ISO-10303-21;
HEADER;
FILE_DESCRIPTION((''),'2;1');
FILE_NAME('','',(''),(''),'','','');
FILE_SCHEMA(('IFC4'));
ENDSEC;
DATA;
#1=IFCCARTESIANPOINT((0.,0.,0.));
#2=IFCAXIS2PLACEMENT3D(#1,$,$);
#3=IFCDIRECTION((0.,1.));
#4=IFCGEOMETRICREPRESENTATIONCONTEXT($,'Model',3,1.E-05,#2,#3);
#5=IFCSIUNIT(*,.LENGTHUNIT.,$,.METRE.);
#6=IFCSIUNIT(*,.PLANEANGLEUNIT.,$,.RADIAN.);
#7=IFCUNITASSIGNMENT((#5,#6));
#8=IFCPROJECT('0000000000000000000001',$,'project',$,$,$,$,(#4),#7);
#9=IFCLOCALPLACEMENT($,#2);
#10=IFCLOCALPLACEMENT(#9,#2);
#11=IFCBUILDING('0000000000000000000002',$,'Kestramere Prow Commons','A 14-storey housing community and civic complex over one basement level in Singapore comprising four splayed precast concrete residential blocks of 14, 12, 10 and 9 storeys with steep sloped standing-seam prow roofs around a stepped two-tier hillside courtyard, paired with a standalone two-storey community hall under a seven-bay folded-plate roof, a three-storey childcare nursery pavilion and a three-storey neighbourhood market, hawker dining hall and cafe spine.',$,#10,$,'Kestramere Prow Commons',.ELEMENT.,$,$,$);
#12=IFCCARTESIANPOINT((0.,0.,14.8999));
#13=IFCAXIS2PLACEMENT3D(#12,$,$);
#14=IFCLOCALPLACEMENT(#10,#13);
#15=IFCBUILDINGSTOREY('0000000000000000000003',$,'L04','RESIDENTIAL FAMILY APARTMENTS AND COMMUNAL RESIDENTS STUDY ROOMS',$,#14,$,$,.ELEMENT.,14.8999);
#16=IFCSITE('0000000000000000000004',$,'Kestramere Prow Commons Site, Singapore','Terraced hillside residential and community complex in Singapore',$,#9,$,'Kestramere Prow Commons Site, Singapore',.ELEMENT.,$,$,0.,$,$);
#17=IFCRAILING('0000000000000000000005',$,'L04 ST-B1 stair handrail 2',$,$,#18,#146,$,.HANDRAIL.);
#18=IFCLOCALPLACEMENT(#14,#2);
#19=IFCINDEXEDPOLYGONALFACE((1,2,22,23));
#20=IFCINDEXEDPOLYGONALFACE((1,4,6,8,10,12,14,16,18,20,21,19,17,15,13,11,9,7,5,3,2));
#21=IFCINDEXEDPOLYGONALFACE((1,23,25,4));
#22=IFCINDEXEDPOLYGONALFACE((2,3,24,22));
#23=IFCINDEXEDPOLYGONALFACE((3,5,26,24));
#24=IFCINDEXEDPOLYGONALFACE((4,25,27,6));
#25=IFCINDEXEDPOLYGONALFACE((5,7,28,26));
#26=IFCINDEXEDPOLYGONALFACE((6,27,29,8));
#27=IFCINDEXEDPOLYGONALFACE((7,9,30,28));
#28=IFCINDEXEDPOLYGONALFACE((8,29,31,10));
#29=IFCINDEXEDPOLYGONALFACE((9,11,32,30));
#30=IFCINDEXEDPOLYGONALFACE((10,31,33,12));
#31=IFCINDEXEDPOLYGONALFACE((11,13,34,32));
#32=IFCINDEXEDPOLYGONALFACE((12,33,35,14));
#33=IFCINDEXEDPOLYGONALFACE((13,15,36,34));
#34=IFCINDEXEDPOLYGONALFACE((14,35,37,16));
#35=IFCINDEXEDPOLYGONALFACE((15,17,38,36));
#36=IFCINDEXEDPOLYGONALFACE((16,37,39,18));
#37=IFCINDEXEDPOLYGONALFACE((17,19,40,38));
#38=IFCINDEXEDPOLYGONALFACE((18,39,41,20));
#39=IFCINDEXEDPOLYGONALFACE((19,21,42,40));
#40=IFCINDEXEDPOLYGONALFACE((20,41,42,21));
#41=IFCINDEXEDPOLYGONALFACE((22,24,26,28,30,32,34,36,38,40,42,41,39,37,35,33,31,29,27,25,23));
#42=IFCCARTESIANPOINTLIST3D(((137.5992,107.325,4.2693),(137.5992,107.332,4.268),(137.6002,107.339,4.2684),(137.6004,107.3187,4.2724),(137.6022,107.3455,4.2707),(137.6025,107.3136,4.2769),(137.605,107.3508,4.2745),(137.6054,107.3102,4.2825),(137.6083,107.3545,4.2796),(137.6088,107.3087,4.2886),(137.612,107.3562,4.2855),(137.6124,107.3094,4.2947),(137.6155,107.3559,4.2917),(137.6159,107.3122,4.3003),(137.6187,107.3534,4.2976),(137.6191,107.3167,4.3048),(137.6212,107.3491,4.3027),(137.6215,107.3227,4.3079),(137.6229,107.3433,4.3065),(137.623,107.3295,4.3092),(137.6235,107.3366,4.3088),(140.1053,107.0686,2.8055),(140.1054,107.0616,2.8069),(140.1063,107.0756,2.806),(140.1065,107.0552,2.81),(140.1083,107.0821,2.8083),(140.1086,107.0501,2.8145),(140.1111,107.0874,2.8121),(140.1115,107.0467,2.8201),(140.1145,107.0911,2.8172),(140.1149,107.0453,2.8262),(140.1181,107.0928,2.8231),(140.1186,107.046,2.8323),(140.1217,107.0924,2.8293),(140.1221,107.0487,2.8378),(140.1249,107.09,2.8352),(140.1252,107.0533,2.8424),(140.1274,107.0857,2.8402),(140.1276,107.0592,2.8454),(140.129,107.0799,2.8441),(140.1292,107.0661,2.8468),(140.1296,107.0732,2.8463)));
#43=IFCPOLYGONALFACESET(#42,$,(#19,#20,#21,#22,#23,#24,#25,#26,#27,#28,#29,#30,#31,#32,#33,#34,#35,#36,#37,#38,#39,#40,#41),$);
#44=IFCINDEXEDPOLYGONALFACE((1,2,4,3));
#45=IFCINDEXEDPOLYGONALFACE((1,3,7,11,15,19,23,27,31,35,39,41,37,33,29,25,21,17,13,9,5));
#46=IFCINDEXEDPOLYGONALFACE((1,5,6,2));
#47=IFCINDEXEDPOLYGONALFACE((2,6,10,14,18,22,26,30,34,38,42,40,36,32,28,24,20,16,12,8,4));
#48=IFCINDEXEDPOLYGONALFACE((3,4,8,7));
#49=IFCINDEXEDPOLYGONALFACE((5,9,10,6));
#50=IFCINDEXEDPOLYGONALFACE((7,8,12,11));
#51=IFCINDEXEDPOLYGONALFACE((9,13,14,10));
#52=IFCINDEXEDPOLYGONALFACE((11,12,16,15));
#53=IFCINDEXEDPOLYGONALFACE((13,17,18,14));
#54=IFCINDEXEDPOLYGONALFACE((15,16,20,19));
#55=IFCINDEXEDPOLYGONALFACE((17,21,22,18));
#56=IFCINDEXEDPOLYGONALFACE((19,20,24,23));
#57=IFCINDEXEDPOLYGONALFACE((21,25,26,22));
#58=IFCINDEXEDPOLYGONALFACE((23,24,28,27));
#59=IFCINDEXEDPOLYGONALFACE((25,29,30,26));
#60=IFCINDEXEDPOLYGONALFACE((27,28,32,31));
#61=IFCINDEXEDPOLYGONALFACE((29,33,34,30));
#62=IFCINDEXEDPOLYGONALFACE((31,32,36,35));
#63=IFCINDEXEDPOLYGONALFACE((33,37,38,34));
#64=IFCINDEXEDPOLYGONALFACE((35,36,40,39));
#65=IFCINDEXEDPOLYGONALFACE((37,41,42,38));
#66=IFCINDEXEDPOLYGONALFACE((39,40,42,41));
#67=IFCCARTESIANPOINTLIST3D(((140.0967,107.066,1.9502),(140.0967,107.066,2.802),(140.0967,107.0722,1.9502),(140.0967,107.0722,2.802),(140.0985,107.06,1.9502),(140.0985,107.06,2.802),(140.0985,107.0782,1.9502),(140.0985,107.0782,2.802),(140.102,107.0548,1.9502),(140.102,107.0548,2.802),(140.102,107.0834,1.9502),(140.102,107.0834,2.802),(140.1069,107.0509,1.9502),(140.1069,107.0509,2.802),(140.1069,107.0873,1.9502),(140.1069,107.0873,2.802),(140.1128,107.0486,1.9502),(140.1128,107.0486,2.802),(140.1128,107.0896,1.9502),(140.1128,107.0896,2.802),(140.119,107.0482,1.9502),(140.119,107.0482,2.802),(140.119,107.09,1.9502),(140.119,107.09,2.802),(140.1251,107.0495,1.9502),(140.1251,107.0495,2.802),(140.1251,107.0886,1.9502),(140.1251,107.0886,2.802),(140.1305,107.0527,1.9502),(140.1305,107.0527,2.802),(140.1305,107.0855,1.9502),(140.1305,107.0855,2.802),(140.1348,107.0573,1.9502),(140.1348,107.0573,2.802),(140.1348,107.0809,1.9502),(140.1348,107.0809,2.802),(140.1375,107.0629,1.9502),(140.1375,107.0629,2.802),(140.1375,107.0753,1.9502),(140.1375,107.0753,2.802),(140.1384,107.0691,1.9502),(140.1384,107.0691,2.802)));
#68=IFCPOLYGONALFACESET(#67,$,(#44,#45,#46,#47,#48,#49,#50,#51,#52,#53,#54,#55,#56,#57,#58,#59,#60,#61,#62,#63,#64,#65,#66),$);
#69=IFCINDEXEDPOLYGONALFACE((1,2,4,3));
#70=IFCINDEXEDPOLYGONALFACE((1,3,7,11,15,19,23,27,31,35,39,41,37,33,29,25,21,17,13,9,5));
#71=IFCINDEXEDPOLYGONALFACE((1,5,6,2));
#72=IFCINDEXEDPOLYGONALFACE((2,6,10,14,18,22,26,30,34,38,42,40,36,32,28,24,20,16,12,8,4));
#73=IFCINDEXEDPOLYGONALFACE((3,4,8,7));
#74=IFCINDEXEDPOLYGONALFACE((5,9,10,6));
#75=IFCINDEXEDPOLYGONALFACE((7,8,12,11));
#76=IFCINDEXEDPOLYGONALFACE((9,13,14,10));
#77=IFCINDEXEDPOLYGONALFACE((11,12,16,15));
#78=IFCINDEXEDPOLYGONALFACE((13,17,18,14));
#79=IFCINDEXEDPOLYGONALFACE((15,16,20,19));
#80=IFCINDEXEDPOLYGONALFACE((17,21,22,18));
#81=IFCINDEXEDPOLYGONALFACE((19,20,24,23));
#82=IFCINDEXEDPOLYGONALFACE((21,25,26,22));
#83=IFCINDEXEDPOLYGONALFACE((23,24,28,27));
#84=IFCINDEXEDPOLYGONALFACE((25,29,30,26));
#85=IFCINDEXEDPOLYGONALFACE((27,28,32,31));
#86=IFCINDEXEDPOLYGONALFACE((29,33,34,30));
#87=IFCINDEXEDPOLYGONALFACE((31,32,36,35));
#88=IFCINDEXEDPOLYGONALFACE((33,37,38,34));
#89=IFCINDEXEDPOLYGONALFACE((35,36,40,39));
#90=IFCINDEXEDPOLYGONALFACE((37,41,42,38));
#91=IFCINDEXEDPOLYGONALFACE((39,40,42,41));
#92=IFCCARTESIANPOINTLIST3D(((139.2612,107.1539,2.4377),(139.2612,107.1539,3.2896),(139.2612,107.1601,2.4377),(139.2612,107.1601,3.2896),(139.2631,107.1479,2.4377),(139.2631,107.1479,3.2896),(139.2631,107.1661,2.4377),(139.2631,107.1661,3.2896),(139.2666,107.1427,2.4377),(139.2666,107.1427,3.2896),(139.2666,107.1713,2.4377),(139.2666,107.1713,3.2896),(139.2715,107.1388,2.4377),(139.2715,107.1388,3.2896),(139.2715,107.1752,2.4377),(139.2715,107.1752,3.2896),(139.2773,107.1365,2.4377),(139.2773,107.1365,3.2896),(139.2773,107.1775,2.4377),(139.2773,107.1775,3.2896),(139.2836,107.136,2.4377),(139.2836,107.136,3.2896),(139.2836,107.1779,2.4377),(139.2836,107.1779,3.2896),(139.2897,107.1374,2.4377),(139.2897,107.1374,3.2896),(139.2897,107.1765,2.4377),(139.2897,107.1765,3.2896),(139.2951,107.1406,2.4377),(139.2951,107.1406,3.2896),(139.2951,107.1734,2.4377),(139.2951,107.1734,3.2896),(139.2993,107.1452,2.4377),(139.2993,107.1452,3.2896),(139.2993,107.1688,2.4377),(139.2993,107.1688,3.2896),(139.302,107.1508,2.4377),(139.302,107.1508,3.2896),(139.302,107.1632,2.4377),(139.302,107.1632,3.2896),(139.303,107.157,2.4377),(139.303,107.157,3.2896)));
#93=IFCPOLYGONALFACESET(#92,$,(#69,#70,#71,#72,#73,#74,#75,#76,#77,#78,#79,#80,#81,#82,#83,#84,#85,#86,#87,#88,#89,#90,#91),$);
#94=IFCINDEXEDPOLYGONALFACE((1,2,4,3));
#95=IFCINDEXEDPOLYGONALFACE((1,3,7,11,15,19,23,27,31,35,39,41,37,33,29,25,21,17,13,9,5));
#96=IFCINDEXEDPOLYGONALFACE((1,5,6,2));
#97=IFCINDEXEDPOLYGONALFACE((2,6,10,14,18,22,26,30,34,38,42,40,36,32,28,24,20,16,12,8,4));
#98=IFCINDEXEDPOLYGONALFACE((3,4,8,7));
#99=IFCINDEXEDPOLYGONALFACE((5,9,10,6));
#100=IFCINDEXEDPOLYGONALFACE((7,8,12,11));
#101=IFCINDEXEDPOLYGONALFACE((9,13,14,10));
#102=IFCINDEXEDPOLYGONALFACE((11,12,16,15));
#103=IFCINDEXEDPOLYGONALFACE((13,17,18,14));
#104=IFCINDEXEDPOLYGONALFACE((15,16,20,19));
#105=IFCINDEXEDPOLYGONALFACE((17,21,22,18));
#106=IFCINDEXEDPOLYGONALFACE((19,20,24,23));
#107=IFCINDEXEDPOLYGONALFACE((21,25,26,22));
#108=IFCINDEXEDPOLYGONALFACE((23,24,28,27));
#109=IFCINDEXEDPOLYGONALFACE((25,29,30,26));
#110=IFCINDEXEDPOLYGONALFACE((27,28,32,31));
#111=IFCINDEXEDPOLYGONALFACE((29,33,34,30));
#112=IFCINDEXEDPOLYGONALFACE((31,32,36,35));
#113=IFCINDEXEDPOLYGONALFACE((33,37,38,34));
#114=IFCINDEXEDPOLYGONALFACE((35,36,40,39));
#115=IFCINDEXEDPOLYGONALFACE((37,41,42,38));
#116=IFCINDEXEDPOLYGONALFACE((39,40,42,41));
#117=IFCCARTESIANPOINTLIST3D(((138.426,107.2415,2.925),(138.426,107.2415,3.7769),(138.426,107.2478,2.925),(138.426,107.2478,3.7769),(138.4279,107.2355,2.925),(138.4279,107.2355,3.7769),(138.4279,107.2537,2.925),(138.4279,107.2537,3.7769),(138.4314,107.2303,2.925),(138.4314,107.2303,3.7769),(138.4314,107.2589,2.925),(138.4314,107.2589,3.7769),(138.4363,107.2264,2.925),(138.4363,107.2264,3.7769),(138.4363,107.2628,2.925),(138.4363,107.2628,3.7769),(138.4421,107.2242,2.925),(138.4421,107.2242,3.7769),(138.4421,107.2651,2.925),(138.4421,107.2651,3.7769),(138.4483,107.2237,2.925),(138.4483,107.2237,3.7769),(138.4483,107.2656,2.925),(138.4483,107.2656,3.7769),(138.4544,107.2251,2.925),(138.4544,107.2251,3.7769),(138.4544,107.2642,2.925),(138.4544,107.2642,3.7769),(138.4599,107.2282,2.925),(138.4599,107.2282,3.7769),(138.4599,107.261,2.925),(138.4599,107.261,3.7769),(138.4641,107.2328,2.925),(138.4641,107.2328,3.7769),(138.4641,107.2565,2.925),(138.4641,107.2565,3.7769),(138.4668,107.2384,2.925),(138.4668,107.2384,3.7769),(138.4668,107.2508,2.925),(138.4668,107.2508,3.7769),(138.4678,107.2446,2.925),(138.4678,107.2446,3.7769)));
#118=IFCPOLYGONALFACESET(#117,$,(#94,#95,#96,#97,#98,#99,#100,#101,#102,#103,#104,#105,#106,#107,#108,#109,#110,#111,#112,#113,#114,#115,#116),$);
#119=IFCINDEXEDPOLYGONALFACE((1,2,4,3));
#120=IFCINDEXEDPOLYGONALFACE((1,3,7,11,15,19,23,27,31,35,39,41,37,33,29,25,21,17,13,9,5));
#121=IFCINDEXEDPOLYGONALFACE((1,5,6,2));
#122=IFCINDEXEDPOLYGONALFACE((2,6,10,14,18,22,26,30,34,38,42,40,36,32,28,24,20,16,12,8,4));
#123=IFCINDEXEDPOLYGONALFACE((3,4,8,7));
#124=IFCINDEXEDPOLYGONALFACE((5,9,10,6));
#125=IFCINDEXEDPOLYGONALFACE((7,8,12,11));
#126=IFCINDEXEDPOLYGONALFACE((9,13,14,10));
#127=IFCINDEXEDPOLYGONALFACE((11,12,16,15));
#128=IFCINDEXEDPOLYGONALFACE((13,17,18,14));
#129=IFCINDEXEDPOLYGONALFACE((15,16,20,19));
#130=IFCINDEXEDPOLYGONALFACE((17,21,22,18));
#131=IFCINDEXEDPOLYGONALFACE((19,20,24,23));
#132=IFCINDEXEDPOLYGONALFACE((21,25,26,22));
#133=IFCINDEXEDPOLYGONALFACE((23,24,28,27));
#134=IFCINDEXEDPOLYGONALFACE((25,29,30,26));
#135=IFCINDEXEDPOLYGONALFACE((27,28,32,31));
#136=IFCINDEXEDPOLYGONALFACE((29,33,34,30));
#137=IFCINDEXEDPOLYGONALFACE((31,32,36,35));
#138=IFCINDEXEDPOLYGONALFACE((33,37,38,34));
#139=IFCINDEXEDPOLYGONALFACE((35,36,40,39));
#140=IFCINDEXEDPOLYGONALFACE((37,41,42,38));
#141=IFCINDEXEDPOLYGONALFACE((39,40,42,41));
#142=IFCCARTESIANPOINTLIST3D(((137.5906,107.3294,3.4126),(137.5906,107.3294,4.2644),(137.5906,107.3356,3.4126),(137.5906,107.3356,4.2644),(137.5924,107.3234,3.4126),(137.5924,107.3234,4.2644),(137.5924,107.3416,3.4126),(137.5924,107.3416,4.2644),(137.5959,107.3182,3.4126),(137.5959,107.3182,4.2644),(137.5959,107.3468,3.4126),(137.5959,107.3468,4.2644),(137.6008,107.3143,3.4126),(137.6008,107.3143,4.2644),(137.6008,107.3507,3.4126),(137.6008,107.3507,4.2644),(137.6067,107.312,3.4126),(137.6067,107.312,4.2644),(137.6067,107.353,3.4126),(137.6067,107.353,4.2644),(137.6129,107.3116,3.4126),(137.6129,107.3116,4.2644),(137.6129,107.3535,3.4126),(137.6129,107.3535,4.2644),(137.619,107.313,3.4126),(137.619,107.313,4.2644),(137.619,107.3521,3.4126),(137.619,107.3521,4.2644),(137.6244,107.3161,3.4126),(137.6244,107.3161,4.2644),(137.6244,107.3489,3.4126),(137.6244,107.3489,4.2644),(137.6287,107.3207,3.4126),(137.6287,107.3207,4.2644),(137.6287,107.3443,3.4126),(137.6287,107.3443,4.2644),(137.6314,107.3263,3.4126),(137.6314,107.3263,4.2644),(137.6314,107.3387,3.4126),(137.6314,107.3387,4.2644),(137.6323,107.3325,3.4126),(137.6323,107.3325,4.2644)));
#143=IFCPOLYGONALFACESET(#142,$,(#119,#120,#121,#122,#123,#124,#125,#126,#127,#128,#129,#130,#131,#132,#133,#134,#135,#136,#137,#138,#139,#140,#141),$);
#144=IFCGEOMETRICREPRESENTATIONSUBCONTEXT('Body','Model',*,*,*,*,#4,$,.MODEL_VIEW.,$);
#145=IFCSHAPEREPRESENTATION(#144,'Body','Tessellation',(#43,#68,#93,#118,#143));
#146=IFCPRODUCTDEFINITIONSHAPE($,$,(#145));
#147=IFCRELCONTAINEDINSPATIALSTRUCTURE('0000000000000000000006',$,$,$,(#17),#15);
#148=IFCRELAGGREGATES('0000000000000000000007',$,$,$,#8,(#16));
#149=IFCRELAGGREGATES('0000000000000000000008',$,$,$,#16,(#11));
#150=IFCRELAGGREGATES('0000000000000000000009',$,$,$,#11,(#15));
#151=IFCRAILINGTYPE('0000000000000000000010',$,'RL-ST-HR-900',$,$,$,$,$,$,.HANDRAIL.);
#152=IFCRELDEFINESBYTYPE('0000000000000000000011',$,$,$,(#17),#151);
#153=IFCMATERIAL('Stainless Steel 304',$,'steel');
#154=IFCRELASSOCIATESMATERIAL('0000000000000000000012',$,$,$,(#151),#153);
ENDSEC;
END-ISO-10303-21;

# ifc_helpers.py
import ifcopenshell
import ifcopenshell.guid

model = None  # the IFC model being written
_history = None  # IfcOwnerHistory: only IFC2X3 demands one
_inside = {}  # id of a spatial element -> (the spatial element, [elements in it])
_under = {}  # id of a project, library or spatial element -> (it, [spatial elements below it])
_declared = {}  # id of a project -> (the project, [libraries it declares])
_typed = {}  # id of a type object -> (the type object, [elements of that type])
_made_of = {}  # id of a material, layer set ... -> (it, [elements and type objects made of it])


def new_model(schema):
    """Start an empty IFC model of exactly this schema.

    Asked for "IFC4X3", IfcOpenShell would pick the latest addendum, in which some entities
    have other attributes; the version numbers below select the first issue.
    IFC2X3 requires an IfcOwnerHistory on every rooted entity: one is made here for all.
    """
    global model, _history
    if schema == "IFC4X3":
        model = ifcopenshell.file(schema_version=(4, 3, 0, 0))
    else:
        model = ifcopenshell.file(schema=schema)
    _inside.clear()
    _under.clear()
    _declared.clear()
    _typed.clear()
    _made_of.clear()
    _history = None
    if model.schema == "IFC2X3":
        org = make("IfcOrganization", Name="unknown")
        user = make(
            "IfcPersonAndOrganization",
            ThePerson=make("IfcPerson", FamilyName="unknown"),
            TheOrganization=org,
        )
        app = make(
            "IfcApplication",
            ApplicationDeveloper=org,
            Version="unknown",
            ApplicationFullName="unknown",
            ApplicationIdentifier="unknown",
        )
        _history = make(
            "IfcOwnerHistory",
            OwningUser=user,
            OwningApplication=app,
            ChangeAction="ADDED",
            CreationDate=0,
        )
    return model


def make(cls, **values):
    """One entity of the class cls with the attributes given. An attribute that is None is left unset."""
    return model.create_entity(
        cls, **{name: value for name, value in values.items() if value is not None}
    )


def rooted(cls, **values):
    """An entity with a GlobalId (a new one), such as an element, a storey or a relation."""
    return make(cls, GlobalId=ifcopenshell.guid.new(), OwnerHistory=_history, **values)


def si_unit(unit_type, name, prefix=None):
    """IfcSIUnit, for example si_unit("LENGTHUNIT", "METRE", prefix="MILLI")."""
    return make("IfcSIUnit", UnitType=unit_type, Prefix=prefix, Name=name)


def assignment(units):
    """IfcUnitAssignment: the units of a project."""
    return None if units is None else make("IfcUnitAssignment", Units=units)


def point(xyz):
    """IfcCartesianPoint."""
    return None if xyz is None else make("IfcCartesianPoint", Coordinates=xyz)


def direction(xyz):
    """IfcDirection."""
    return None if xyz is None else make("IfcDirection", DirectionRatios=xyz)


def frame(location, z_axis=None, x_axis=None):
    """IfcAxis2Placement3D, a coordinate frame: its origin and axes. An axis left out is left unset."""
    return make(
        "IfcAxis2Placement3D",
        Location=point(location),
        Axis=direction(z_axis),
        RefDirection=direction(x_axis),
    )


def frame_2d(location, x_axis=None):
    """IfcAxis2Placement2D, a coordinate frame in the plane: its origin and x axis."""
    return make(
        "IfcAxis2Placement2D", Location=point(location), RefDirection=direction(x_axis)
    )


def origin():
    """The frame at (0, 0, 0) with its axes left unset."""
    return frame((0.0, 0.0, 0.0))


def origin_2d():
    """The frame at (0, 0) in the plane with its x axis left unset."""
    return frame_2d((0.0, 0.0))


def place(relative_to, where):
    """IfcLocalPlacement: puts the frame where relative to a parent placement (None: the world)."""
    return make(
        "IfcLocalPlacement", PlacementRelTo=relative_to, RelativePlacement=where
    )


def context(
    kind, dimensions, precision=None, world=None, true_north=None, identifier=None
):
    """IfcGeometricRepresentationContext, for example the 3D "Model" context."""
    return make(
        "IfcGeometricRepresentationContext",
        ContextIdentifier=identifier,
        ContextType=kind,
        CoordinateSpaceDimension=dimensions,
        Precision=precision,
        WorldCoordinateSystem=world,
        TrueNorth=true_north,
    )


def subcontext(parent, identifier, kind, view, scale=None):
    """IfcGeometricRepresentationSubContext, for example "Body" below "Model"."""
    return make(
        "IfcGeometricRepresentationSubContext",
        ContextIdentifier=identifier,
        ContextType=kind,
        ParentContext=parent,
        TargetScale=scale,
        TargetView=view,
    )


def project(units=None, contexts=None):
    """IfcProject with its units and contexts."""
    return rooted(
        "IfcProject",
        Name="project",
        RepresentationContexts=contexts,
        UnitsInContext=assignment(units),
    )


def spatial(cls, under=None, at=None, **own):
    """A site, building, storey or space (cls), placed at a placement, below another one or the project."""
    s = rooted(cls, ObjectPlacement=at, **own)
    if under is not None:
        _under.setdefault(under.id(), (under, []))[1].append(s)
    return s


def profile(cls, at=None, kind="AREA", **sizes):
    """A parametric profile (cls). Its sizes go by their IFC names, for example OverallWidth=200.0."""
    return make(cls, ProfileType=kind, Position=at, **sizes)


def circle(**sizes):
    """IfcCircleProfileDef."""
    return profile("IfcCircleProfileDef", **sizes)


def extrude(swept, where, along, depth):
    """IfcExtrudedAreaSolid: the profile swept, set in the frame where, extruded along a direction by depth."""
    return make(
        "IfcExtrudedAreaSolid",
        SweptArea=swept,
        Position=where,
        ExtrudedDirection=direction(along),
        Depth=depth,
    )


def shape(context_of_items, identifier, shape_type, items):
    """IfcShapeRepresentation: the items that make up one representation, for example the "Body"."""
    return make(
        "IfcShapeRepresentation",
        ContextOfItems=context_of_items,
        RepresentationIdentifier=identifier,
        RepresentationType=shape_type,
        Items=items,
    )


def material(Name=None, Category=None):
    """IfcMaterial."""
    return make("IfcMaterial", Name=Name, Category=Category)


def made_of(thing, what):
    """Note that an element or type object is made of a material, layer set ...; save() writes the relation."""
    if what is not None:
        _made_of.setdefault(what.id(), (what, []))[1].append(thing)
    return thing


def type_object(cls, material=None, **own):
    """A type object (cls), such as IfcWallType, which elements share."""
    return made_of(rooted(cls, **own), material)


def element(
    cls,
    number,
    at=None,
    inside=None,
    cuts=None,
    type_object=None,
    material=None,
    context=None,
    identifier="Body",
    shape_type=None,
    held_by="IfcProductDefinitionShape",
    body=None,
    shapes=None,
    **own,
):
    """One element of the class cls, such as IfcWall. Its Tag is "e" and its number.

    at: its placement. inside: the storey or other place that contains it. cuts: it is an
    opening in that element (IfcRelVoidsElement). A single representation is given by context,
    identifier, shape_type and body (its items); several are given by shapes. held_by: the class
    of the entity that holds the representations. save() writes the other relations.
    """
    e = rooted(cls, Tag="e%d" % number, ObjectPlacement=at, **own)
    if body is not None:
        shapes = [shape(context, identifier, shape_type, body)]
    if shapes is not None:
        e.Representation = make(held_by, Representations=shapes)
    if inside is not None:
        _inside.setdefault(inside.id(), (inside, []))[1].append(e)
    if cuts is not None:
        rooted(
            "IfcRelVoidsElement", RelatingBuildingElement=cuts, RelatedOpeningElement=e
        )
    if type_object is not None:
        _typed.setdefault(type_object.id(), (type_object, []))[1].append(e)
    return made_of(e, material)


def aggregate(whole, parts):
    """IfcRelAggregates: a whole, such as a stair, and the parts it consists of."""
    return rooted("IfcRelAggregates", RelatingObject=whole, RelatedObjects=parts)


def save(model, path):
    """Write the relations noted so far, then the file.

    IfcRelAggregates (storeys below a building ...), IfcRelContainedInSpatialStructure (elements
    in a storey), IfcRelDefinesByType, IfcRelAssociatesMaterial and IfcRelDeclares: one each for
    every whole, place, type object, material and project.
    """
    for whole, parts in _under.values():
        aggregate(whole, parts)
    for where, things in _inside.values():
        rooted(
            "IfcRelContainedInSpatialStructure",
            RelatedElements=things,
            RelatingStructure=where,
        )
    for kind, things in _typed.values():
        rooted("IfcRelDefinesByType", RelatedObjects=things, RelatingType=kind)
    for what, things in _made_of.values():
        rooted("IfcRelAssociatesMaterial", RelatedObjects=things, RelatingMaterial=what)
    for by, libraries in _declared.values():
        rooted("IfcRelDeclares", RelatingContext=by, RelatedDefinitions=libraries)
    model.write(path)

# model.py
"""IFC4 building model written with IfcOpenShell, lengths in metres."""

from ifc_helpers import new_model, si_unit, direction, frame, origin, origin_2d, place, context, subcontext, project, spatial, circle, extrude, material, type_object, element, save


model = new_model("IFC4")

# Units and contexts
model_context = context("Model", 3, precision=1e-05, world=origin(), true_north=direction((0.0, 1.0)))
body_context = subcontext(model_context, "Body", "Model", "MODEL_VIEW")
ifc_project = project(units=[si_unit("LENGTHUNIT", "METRE"), si_unit("PLANEANGLEUNIT", "RADIAN")], contexts=[model_context])

# Site, building, storey
site_placement = place(None, origin())
site = spatial("IfcSite", under=ifc_project, at=site_placement, Name="Kestramere Prow Commons Site, Singapore", Description="Terraced hillside residential and community complex in Singapore", LongName="Kestramere Prow Commons Site, Singapore", CompositionType="ELEMENT", RefElevation=0.0)
building_placement = place(site_placement, origin())
building = spatial("IfcBuilding", under=site, at=building_placement, Name="Kestramere Prow Commons", Description="A 14-storey housing community and civic complex over one basement level in Singapore comprising four splayed precast concrete residential blocks of 14, 12, 10 and 9 storeys with steep sloped standing-seam prow roofs around a stepped two-tier hillside courtyard, paired with a standalone two-storey community hall under a seven-bay folded-plate roof, a three-storey childcare nursery pavilion and a three-storey neighbourhood market, hawker dining hall and cafe spine.", LongName="Kestramere Prow Commons", CompositionType="ELEMENT")
storey_placement = place(building_placement, frame((0.0, 0.0, 14.8999)))
storey = spatial("IfcBuildingStorey", under=building, at=storey_placement, Name="L04", Description="RESIDENTIAL FAMILY APARTMENTS AND COMMUNAL RESIDENTS STUDY ROOMS", CompositionType="ELEMENT", Elevation=14.8999)

# Railing
ifc_material_1 = material(Name="Stainless Steel 304", Category="steel")
railing_type_1 = type_object("IfcRailingType", Name="RL-ST-HR-900", PredefinedType="HANDRAIL", material=ifc_material_1)
railing_1_placement = place(storey_placement, frame((140.1174, 107.0691, 1.9502)))
element("IfcRailing", 1, at=railing_1_placement, inside=storey, type_object=railing_type_1, Name="L04 ST-B1 stair handrail 2", PredefinedType="HANDRAIL", context=body_context, shape_type="SweptSolid", body=[
    extrude(circle(Radius=0.0239, at=origin_2d()), frame((0.0, 0.0, 0.876), z_axis=(-0.860165, 0.090416, 0.501937), x_axis=(-0.104539, -0.994521, 0.0)), (0.0, 0.0, 1.0), 2.9136),
    extrude(circle(Radius=0.021, at=origin_2d()), origin(), (0.0, 0.0, 1.0), 0.8518),
    extrude(circle(Radius=0.021, at=origin_2d()), frame((-0.8354, 0.0879, 0.4875)), (0.0, 0.0, 1.0), 0.8518),
    extrude(circle(Radius=0.021, at=origin_2d()), frame((-1.6707, 0.1755, 0.9749)), (0.0, 0.0, 1.0), 0.8518),
    extrude(circle(Radius=0.021, at=origin_2d()), frame((-2.5061, 0.2634, 1.4624)), (0.0, 0.0, 1.0), 0.8518),
])

save(model, "model.ifc")
